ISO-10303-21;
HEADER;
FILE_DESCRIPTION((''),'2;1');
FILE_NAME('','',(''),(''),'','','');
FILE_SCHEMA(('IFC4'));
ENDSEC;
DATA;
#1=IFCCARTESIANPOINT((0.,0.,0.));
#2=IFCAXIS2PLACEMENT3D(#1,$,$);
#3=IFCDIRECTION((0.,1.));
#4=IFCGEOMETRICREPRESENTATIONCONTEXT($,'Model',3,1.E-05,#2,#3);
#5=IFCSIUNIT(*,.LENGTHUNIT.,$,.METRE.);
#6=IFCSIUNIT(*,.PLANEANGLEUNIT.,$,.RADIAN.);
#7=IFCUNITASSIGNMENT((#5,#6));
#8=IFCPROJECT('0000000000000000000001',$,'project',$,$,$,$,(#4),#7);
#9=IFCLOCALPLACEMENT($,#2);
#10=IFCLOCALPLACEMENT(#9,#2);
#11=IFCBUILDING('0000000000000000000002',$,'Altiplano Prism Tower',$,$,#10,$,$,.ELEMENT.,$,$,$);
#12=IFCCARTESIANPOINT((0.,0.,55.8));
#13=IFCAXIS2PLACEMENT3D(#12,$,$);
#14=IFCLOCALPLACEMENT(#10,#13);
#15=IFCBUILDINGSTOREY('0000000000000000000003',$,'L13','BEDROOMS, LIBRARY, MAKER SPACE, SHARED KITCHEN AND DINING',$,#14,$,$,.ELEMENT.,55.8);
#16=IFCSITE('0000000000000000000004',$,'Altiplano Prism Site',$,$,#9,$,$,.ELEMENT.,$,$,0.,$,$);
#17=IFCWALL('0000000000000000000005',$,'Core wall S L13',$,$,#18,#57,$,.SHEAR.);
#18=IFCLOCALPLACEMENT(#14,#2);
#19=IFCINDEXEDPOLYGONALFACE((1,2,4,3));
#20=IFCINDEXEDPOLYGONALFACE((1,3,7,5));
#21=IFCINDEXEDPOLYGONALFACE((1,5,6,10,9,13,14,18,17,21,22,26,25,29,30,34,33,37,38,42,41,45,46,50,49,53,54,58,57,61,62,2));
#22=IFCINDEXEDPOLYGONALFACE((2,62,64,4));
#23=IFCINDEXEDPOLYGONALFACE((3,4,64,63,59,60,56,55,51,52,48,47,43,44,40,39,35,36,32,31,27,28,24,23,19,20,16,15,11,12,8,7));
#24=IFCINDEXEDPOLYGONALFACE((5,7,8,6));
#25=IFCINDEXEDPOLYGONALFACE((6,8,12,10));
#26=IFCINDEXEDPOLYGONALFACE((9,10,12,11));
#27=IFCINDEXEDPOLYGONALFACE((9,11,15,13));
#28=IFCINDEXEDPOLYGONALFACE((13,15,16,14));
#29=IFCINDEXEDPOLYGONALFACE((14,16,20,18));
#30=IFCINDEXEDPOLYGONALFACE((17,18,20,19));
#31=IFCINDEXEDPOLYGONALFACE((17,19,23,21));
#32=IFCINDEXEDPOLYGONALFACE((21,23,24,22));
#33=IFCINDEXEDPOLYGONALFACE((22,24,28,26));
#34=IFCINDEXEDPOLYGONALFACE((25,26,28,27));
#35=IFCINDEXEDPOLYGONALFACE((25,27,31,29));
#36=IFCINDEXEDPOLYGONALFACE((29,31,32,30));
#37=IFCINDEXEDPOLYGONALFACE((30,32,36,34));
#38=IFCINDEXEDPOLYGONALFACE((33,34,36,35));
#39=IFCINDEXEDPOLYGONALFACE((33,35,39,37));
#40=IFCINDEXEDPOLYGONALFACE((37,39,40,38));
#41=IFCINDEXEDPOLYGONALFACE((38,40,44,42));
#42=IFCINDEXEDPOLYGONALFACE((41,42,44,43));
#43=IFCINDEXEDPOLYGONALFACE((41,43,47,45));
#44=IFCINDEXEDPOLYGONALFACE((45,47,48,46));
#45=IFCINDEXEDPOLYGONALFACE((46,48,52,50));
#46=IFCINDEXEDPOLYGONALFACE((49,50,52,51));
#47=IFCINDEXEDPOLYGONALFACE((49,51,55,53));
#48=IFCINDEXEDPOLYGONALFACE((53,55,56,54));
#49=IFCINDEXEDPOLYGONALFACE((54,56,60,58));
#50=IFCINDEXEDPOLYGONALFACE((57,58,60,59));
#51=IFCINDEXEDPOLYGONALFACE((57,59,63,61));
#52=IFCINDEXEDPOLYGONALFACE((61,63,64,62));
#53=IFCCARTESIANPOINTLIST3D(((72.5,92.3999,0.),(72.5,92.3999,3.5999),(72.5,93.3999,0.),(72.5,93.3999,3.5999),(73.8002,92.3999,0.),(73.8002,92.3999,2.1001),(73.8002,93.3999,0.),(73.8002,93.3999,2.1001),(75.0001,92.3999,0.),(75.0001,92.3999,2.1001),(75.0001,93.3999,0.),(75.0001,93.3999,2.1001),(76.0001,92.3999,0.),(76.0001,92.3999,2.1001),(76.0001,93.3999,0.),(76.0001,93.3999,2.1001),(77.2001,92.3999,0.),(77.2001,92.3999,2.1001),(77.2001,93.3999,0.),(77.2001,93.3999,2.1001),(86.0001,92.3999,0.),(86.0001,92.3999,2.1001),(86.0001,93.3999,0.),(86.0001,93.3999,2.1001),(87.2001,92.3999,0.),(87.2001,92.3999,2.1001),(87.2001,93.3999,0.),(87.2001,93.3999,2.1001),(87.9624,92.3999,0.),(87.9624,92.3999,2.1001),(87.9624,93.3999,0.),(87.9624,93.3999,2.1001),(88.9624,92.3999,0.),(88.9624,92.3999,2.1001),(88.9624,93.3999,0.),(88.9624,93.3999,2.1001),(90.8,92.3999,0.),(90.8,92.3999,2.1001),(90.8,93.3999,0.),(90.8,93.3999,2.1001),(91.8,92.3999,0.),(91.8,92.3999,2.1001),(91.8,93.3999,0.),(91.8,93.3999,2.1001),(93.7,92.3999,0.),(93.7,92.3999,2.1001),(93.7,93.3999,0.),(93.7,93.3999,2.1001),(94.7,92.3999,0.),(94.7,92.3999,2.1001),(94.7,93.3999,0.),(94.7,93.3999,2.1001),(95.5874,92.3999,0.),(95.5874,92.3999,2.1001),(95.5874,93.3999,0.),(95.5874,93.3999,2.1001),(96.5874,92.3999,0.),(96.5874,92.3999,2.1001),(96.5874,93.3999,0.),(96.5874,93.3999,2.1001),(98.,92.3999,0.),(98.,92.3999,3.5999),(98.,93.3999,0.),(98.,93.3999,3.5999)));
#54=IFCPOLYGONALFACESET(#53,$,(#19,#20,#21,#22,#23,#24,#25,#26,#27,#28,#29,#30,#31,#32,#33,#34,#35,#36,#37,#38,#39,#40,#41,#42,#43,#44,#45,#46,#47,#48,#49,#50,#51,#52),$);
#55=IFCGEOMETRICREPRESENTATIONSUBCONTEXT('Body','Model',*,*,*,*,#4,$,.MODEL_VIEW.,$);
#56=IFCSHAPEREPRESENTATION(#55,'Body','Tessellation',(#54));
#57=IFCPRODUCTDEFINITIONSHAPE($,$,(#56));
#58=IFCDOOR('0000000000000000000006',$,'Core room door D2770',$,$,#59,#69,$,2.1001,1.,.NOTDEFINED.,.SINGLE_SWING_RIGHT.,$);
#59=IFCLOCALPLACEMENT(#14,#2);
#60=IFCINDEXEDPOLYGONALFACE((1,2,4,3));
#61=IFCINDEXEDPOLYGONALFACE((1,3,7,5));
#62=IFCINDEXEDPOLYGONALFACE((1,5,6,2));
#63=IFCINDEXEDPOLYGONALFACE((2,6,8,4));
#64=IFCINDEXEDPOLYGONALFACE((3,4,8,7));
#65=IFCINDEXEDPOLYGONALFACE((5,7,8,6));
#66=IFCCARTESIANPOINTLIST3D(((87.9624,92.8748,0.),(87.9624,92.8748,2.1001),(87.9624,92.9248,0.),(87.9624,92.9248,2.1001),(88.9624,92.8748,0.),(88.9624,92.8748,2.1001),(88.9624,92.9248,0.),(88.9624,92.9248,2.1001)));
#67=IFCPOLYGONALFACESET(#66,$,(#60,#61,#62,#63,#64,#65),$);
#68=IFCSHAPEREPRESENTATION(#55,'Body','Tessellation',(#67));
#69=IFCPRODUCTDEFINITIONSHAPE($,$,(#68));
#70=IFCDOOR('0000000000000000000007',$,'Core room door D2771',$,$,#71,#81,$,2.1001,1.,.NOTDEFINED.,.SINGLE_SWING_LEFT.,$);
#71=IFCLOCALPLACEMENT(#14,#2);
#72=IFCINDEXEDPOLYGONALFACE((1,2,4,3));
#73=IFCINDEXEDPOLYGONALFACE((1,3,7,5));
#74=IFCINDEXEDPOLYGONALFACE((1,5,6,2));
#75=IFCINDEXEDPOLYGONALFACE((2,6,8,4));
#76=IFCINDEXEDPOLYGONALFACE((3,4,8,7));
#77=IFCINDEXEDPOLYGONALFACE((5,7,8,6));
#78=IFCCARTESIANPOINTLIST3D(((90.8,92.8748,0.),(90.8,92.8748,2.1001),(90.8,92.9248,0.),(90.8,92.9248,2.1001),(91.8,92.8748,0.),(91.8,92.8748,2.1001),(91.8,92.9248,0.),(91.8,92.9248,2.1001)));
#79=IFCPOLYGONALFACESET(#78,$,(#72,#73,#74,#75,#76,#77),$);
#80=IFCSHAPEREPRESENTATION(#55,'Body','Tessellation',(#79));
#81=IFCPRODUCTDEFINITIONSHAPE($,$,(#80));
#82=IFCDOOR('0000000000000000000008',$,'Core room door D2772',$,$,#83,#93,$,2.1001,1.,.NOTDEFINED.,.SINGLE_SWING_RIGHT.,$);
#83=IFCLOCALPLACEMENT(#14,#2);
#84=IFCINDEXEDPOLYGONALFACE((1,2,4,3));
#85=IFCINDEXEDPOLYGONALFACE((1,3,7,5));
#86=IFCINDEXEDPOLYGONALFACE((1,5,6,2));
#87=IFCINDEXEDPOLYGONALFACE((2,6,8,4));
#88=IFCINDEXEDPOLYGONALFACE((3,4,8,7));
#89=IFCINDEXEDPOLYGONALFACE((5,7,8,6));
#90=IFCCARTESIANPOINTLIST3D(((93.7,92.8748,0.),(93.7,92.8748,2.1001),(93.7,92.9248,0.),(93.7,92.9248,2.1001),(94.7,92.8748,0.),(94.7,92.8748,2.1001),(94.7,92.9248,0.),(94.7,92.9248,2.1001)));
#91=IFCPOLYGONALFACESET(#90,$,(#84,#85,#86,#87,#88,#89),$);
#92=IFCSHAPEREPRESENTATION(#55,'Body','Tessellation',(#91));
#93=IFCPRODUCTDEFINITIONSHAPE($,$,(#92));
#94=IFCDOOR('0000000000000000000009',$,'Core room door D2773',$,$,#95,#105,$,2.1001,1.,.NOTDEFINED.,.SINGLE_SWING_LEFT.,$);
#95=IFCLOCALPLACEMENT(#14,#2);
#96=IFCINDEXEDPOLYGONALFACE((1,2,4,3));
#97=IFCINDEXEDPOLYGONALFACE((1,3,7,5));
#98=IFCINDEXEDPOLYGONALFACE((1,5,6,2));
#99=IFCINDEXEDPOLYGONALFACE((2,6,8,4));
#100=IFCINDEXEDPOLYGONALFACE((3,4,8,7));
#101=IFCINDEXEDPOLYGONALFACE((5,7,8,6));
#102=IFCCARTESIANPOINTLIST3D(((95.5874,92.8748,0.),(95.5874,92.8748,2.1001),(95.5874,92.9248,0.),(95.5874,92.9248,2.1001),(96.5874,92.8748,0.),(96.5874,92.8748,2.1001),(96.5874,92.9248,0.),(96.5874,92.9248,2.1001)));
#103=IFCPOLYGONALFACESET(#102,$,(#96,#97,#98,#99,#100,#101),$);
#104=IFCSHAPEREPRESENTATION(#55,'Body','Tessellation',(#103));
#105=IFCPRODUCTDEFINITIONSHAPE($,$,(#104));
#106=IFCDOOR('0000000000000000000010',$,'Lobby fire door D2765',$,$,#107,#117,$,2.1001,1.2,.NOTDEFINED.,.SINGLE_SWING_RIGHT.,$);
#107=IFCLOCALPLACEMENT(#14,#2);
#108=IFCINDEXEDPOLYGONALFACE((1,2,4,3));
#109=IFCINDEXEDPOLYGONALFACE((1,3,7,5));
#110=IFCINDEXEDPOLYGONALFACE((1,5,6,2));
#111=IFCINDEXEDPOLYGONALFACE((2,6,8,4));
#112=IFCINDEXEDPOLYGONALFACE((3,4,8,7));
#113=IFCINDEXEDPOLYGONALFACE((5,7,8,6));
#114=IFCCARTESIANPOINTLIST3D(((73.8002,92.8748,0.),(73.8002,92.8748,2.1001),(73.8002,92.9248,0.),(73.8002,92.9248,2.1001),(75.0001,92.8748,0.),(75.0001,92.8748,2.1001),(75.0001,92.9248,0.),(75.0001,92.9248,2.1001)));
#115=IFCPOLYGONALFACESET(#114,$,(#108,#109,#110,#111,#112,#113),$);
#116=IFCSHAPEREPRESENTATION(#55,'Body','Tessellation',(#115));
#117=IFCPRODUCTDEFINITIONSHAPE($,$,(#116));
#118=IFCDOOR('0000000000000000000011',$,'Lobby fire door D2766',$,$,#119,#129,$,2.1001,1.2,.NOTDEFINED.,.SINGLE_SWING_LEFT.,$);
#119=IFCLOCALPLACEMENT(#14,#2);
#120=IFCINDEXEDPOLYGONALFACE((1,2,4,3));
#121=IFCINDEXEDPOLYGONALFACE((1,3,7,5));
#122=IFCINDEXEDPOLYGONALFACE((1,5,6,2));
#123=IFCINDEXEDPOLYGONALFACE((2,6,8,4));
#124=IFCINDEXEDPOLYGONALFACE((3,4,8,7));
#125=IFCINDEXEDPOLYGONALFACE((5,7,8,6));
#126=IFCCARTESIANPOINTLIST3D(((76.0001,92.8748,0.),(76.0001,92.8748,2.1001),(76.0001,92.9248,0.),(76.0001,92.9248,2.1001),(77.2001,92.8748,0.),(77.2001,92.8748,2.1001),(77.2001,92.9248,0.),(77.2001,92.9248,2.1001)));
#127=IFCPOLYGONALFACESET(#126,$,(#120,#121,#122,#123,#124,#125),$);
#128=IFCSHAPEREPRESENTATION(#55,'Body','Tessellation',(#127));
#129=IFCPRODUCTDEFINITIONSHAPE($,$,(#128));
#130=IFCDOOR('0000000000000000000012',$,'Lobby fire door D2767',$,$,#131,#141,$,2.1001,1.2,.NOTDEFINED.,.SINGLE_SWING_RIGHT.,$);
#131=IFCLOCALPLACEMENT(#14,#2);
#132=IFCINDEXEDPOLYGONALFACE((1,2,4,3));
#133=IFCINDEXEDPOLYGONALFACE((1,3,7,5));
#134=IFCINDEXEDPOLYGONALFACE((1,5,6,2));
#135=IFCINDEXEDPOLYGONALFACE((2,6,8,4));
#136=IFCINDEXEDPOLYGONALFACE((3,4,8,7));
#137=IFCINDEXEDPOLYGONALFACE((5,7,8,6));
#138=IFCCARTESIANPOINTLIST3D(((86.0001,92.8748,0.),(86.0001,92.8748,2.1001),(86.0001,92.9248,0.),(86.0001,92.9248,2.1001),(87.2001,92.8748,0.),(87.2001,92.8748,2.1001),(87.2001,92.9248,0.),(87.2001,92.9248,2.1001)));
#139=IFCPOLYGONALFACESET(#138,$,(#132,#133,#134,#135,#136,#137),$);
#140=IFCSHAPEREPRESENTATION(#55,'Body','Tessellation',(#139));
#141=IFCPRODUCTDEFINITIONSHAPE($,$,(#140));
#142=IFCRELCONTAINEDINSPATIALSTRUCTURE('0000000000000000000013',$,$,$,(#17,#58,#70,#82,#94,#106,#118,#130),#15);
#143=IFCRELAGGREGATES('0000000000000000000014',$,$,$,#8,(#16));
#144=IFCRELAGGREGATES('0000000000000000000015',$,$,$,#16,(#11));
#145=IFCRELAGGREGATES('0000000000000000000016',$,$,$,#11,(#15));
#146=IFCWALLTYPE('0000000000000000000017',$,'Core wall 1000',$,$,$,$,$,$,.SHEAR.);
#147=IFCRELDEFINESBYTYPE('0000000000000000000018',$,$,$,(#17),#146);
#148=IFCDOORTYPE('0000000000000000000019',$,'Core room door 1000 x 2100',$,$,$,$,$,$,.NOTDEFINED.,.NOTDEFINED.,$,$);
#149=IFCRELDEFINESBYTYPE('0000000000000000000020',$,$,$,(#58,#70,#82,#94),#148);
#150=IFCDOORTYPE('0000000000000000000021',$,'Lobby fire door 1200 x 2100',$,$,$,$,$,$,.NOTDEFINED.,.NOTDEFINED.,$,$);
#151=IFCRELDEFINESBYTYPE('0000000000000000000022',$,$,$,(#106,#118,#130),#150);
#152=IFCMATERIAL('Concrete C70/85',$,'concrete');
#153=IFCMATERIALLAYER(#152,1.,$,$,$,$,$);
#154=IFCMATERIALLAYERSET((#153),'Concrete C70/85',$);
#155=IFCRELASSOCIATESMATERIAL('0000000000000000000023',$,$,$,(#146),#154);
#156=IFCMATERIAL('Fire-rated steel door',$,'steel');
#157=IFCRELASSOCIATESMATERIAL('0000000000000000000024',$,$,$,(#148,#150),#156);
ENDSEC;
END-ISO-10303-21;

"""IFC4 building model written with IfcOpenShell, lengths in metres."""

from ifc_helpers import new_model, si_unit, direction, frame, frame_2d, origin, place, context, subcontext, project, spatial, rectangle, extrude, material, layer, layer_set, type_object, element, fill, save


model = new_model("IFC4")

# Units and contexts
model_context = context("Model", 3, precision=1e-05, world=origin(), true_north=direction((0.0, 1.0)))
body_context = subcontext(model_context, "Body", "Model", "MODEL_VIEW")
ifc_project = project(units=[si_unit("LENGTHUNIT", "METRE"), si_unit("PLANEANGLEUNIT", "RADIAN")], contexts=[model_context])

# Site, building, storey
site_placement = place(None, origin())
site = spatial("IfcSite", under=ifc_project, at=site_placement, Name="Altiplano Prism Site", CompositionType="ELEMENT", RefElevation=0.0)
building_placement = place(site_placement, origin())
building = spatial("IfcBuilding", under=site, at=building_placement, Name="Altiplano Prism Tower", CompositionType="ELEMENT")
storey_placement = place(building_placement, frame((0.0, 0.0, 55.8)))
storey = spatial("IfcBuildingStorey", under=building, at=storey_placement, Name="L13", Description="BEDROOMS, LIBRARY, MAKER SPACE, SHARED KITCHEN AND DINING", CompositionType="ELEMENT", Elevation=55.8)

# Wall, openings, doors
ifc_material_1 = material(Name="Concrete C70/85", Category="concrete")
ifc_layer_1 = layer(ifc_material_1, 1.0)
ifc_layer_set_1 = layer_set([ifc_layer_1], Name="Concrete C70/85")
wall_type_1 = type_object("IfcWallType", Name="Core wall 1000", PredefinedType="SHEAR", material=ifc_layer_set_1)
wall_1_placement = place(storey_placement, frame((72.5, 92.8999, 0.0), z_axis=(0.0, 0.0, 1.0), x_axis=(1.0, 0.0, 0.0)))
wall_1 = element("IfcWall", 1, at=wall_1_placement, inside=storey, type_object=wall_type_1, Name="Core wall S L13", PredefinedType="SHEAR", context=body_context, shape_type="SweptSolid", body=[
    extrude(rectangle(XDim=25.5, YDim=1.0, at=frame_2d((12.75, 0.0))), origin(), (0.0, 0.0, 1.0), 3.5999),
])
opening_1_placement = place(wall_1_placement, frame((1.3, 0.0, 0.0)))
opening_1 = element("IfcOpeningElement", 2, at=opening_1_placement, cuts=wall_1, PredefinedType="OPENING", context=body_context, shape_type="SweptSolid", body=[
    extrude(rectangle(XDim=1.2, YDim=2.1001, at=frame_2d((0.6001, 1.05))), frame((0.0, 0.5105, 0.0), z_axis=(0.0, -1.0, 0.0), x_axis=(1.0, 0.0, 0.0)), (0.0, 0.0, 1.0), 1.021),
])
opening_2_placement = place(wall_1_placement, frame((3.5, 0.0, 0.0)))
opening_2 = element("IfcOpeningElement", 3, at=opening_2_placement, cuts=wall_1, PredefinedType="OPENING", context=body_context, shape_type="SweptSolid", body=[
    extrude(rectangle(XDim=1.2, YDim=2.1001, at=frame_2d((0.6001, 1.05))), frame((0.0, 0.5105, 0.0), z_axis=(0.0, -1.0, 0.0), x_axis=(1.0, 0.0, 0.0)), (0.0, 0.0, 1.0), 1.021),
])
opening_3_placement = place(wall_1_placement, frame((13.5, 0.0, 0.0)))
opening_3 = element("IfcOpeningElement", 4, at=opening_3_placement, cuts=wall_1, PredefinedType="OPENING", context=body_context, shape_type="SweptSolid", body=[
    extrude(rectangle(XDim=1.2, YDim=2.1001, at=frame_2d((0.6001, 1.05))), frame((0.0, 0.5105, 0.0), z_axis=(0.0, -1.0, 0.0), x_axis=(1.0, 0.0, 0.0)), (0.0, 0.0, 1.0), 1.021),
])
opening_4_placement = place(wall_1_placement, frame((15.4624, 0.0, 0.0)))
opening_4 = element("IfcOpeningElement", 5, at=opening_4_placement, cuts=wall_1, PredefinedType="OPENING", context=body_context, shape_type="SweptSolid", body=[
    extrude(rectangle(XDim=1.0, YDim=2.1001, at=frame_2d((0.5, 1.05))), frame((0.0, 0.5105, 0.0), z_axis=(0.0, -1.0, 0.0), x_axis=(1.0, 0.0, 0.0)), (0.0, 0.0, 1.0), 1.021),
])
opening_5_placement = place(wall_1_placement, frame((18.3, 0.0, 0.0)))
opening_5 = element("IfcOpeningElement", 6, at=opening_5_placement, cuts=wall_1, PredefinedType="OPENING", context=body_context, shape_type="SweptSolid", body=[
    extrude(rectangle(XDim=1.0, YDim=2.1001, at=frame_2d((0.5, 1.05))), frame((0.0, 0.5105, 0.0), z_axis=(0.0, -1.0, 0.0), x_axis=(1.0, 0.0, 0.0)), (0.0, 0.0, 1.0), 1.021),
])
opening_6_placement = place(wall_1_placement, frame((21.2, 0.0, 0.0)))
opening_6 = element("IfcOpeningElement", 7, at=opening_6_placement, cuts=wall_1, PredefinedType="OPENING", context=body_context, shape_type="SweptSolid", body=[
    extrude(rectangle(XDim=1.0, YDim=2.1001, at=frame_2d((0.5, 1.05))), frame((0.0, 0.5105, 0.0), z_axis=(0.0, -1.0, 0.0), x_axis=(1.0, 0.0, 0.0)), (0.0, 0.0, 1.0), 1.021),
])
opening_7_placement = place(wall_1_placement, frame((23.0874, 0.0, 0.0)))
opening_7 = element("IfcOpeningElement", 8, at=opening_7_placement, cuts=wall_1, PredefinedType="OPENING", context=body_context, shape_type="SweptSolid", body=[
    extrude(rectangle(XDim=1.0, YDim=2.1001, at=frame_2d((0.5, 1.05))), frame((0.0, 0.5105, 0.0), z_axis=(0.0, -1.0, 0.0), x_axis=(1.0, 0.0, 0.0)), (0.0, 0.0, 1.0), 1.021),
])
ifc_material_2 = material(Name="Fire-rated steel door", Category="steel")
door_type_1 = type_object("IfcDoorType", Name="Core room door 1000 x 2100", OperationType="NOTDEFINED", PredefinedType="NOTDEFINED", material=ifc_material_2)
door_1_placement = place(opening_4_placement, origin())
door_1 = element("IfcDoor", 9, at=door_1_placement, inside=storey, type_object=door_type_1, Name="Core room door D2770", OperationType="SINGLE_SWING_RIGHT", OverallHeight=2.1001, OverallWidth=1.0, PredefinedType="NOTDEFINED", context=body_context, shape_type="SweptSolid", body=[
    extrude(rectangle(XDim=1.0, YDim=2.1001, at=frame_2d((0.5, 1.05))), frame((0.0, 0.0249, 0.0), z_axis=(0.0, -1.0, 0.0), x_axis=(1.0, 0.0, 0.0)), (0.0, 0.0, 1.0), 0.05),
])
fill(opening_4, door_1)
door_2_placement = place(opening_5_placement, origin())
door_2 = element("IfcDoor", 10, at=door_2_placement, inside=storey, type_object=door_type_1, Name="Core room door D2771", OperationType="SINGLE_SWING_LEFT", OverallHeight=2.1001, OverallWidth=1.0, PredefinedType="NOTDEFINED", context=body_context, shape_type="SweptSolid", body=[
    extrude(rectangle(XDim=1.0, YDim=2.1001, at=frame_2d((0.5, 1.05))), frame((0.0, 0.0249, 0.0), z_axis=(0.0, -1.0, 0.0), x_axis=(1.0, 0.0, 0.0)), (0.0, 0.0, 1.0), 0.05),
])
fill(opening_5, door_2)
door_3_placement = place(opening_6_placement, origin())
door_3 = element("IfcDoor", 11, at=door_3_placement, inside=storey, type_object=door_type_1, Name="Core room door D2772", OperationType="SINGLE_SWING_RIGHT", OverallHeight=2.1001, OverallWidth=1.0, PredefinedType="NOTDEFINED", context=body_context, shape_type="SweptSolid", body=[
    extrude(rectangle(XDim=1.0, YDim=2.1001, at=frame_2d((0.5, 1.05))), frame((0.0, 0.0249, 0.0), z_axis=(0.0, -1.0, 0.0), x_axis=(1.0, 0.0, 0.0)), (0.0, 0.0, 1.0), 0.05),
])
fill(opening_6, door_3)
door_4_placement = place(opening_7_placement, origin())
door_4 = element("IfcDoor", 12, at=door_4_placement, inside=storey, type_object=door_type_1, Name="Core room door D2773", OperationType="SINGLE_SWING_LEFT", OverallHeight=2.1001, OverallWidth=1.0, PredefinedType="NOTDEFINED", context=body_context, shape_type="SweptSolid", body=[
    extrude(rectangle(XDim=1.0, YDim=2.1001, at=frame_2d((0.5, 1.05))), frame((0.0, 0.0249, 0.0), z_axis=(0.0, -1.0, 0.0), x_axis=(1.0, 0.0, 0.0)), (0.0, 0.0, 1.0), 0.05),
])
fill(opening_7, door_4)
door_type_2 = type_object("IfcDoorType", Name="Lobby fire door 1200 x 2100", OperationType="NOTDEFINED", PredefinedType="NOTDEFINED", material=ifc_material_2)
door_5_placement = place(opening_1_placement, origin())
door_5 = element("IfcDoor", 13, at=door_5_placement, inside=storey, type_object=door_type_2, Name="Lobby fire door D2765", OperationType="SINGLE_SWING_RIGHT", OverallHeight=2.1001, OverallWidth=1.2, PredefinedType="NOTDEFINED", context=body_context, shape_type="SweptSolid", body=[
    extrude(rectangle(XDim=1.2, YDim=2.1001, at=frame_2d((0.6001, 1.05))), frame((0.0, 0.0249, 0.0), z_axis=(0.0, -1.0, 0.0), x_axis=(1.0, 0.0, 0.0)), (0.0, 0.0, 1.0), 0.05),
])
fill(opening_1, door_5)
door_6_placement = place(opening_2_placement, origin())
door_6 = element("IfcDoor", 14, at=door_6_placement, inside=storey, type_object=door_type_2, Name="Lobby fire door D2766", OperationType="SINGLE_SWING_LEFT", OverallHeight=2.1001, OverallWidth=1.2, PredefinedType="NOTDEFINED", context=body_context, shape_type="SweptSolid", body=[
    extrude(rectangle(XDim=1.2, YDim=2.1001, at=frame_2d((0.6001, 1.05))), frame((0.0, 0.0249, 0.0), z_axis=(0.0, -1.0, 0.0), x_axis=(1.0, 0.0, 0.0)), (0.0, 0.0, 1.0), 0.05),
])
fill(opening_2, door_6)
door_7_placement = place(opening_3_placement, origin())
door_7 = element("IfcDoor", 15, at=door_7_placement, inside=storey, type_object=door_type_2, Name="Lobby fire door D2767", OperationType="SINGLE_SWING_RIGHT", OverallHeight=2.1001, OverallWidth=1.2, PredefinedType="NOTDEFINED", context=body_context, shape_type="SweptSolid", body=[
    extrude(rectangle(XDim=1.2, YDim=2.1001, at=frame_2d((0.6001, 1.05))), frame((0.0, 0.0249, 0.0), z_axis=(0.0, -1.0, 0.0), x_axis=(1.0, 0.0, 0.0)), (0.0, 0.0, 1.0), 0.05),
])
fill(opening_3, door_7)

save(model, "model.ifc")
